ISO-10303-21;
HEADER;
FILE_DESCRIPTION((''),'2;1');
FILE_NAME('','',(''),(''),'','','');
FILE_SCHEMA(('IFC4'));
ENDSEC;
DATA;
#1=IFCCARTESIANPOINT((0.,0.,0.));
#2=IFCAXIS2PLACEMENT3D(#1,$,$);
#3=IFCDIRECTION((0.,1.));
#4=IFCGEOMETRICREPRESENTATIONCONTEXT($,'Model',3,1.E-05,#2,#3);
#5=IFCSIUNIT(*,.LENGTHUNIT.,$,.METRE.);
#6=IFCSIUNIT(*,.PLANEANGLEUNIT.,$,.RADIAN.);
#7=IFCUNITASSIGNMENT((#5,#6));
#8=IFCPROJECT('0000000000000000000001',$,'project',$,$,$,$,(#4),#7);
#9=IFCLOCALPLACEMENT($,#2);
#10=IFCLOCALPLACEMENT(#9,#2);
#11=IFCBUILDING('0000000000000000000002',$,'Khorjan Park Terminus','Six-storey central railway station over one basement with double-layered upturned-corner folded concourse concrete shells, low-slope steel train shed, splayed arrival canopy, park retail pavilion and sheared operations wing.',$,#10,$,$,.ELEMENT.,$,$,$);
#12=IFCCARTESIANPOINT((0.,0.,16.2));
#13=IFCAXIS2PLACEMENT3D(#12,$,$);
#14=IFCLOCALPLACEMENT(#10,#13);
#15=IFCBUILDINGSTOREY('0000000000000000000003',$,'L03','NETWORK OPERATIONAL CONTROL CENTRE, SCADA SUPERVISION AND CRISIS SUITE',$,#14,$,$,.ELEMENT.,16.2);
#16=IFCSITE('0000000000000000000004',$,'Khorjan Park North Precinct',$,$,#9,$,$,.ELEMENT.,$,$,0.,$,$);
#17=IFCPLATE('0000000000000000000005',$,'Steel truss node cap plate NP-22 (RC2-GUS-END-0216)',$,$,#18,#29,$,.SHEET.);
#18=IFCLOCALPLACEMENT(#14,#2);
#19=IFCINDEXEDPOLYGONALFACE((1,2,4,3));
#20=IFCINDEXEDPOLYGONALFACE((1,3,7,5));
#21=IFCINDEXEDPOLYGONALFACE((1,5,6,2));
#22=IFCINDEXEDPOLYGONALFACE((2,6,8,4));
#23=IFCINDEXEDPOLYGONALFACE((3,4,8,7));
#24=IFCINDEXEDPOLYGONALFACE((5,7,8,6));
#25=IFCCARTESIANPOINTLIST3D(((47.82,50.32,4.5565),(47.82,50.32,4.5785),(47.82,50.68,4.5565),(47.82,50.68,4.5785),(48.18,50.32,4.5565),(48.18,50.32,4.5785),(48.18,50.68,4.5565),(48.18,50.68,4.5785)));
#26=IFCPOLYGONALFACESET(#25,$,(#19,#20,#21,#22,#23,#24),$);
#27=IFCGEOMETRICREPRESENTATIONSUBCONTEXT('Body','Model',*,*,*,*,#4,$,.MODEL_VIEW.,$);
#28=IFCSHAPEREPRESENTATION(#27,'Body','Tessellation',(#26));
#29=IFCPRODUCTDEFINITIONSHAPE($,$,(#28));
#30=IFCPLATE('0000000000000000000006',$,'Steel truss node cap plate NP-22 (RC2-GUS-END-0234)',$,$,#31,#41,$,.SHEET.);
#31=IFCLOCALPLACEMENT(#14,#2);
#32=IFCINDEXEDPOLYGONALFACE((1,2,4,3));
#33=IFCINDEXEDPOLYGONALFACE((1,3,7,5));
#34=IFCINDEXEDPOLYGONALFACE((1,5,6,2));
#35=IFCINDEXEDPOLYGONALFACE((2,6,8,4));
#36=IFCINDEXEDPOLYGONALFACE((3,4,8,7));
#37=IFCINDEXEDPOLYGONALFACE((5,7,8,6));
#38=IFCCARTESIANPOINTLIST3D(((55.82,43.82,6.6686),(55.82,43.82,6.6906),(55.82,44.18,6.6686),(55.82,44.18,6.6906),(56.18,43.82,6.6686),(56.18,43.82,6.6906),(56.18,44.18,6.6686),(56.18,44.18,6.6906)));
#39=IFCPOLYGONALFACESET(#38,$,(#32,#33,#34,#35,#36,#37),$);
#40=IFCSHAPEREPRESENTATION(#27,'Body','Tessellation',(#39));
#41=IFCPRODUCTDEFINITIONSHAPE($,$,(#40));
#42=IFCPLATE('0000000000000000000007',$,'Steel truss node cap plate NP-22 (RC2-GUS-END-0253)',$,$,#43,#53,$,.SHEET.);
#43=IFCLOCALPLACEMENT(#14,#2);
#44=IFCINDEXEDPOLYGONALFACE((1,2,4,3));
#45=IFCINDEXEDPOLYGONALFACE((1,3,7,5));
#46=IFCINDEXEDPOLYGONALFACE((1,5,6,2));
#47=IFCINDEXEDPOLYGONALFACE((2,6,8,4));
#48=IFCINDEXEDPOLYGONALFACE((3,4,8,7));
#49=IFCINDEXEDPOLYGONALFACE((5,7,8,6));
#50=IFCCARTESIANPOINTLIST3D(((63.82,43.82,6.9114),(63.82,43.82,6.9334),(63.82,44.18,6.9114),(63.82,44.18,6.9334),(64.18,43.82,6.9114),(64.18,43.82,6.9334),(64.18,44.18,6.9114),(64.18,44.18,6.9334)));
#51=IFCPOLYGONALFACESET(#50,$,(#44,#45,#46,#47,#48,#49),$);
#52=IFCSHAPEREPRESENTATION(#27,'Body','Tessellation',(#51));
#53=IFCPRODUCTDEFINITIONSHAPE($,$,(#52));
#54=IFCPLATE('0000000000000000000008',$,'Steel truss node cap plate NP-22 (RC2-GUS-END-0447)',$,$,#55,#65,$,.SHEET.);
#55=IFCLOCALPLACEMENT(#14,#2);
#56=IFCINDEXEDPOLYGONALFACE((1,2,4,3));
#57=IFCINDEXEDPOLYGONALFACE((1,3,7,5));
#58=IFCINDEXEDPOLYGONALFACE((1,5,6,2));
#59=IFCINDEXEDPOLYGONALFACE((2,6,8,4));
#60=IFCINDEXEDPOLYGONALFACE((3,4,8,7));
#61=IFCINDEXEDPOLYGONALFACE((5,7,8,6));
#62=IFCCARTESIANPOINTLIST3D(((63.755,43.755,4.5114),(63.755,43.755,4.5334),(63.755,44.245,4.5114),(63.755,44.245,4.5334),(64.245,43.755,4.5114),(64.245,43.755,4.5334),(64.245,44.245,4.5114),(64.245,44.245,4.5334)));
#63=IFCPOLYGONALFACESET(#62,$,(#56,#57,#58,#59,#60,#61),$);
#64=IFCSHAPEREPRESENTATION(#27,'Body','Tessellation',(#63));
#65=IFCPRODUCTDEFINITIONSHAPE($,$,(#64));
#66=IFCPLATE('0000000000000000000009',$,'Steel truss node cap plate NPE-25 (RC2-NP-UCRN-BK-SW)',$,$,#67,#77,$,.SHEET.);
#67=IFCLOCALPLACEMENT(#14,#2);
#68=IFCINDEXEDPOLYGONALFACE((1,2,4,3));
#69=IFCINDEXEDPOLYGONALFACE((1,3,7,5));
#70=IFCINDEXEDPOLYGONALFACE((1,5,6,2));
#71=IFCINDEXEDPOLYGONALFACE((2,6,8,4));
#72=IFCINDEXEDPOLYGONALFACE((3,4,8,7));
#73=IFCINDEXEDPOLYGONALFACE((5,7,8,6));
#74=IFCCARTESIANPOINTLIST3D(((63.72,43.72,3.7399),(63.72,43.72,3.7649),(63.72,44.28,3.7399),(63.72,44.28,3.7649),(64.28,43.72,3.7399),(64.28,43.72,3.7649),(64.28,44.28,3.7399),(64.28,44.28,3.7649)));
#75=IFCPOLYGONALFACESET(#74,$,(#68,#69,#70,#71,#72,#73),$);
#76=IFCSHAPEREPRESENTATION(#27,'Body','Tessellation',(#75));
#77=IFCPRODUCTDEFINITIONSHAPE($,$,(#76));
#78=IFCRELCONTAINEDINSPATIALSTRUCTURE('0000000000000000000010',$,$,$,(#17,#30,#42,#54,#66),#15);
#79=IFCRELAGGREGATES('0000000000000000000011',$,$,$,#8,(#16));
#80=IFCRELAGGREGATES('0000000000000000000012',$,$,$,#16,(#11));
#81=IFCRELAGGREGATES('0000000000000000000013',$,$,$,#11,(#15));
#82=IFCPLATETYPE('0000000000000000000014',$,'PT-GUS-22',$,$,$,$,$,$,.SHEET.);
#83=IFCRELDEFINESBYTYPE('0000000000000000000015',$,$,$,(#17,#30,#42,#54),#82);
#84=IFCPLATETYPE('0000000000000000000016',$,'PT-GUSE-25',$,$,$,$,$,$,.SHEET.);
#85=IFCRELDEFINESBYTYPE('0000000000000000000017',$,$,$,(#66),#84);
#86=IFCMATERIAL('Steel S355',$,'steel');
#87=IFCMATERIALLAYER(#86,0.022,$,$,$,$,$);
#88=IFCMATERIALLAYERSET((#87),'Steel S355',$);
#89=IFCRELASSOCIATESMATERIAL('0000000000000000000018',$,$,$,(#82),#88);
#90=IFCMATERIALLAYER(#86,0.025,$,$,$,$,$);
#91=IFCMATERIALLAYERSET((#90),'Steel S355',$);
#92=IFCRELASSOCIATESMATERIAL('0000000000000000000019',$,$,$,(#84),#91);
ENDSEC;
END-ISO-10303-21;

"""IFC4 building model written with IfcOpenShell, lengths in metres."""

from ifc_helpers import new_model, si_unit, direction, frame, origin, origin_2d, place, context, subcontext, project, spatial, rectangle, extrude, material, layer, layer_set, type_object, element, save


model = new_model("IFC4")

# Units and contexts
model_context = context("Model", 3, precision=1e-05, world=origin(), true_north=direction((0.0, 1.0)))
body_context = subcontext(model_context, "Body", "Model", "MODEL_VIEW")
ifc_project = project(units=[si_unit("LENGTHUNIT", "METRE"), si_unit("PLANEANGLEUNIT", "RADIAN")], contexts=[model_context])

# Site, building, storey
site_placement = place(None, origin())
site = spatial("IfcSite", under=ifc_project, at=site_placement, Name="Khorjan Park North Precinct", CompositionType="ELEMENT", RefElevation=0.0)
building_placement = place(site_placement, origin())
building = spatial("IfcBuilding", under=site, at=building_placement, Name="Khorjan Park Terminus", Description="Six-storey central railway station over one basement with double-layered upturned-corner folded concourse concrete shells, low-slope steel train shed, splayed arrival canopy, park retail pavilion and sheared operations wing.", CompositionType="ELEMENT")
storey_placement = place(building_placement, frame((0.0, 0.0, 16.2)))
storey = spatial("IfcBuildingStorey", under=building, at=storey_placement, Name="L03", Description="NETWORK OPERATIONAL CONTROL CENTRE, SCADA SUPERVISION AND CRISIS SUITE", CompositionType="ELEMENT", Elevation=16.2)

# Shared definitions
ifc_material_1 = material(Name="Steel S355", Category="steel")

# Plates
ifc_layer_1 = layer(ifc_material_1, 0.022)
ifc_layer_set_1 = layer_set([ifc_layer_1], Name="Steel S355")
plate_type_1 = type_object("IfcPlateType", Name="PT-GUS-22", PredefinedType="SHEET", material=ifc_layer_set_1)
for number, where, z_axis, x_axis, name in (
    (1, (48.0, 50.5, 4.5565), (0.0, 0.0, 1.0), (1.0, 0.0, 0.0), "Steel truss node cap plate NP-22 (RC2-GUS-END-0216)"),
    (2, (56.0, 44.0, 6.6686), (0.0, 0.0, 1.0), (1.0, 0.0, 0.0), "Steel truss node cap plate NP-22 (RC2-GUS-END-0234)"),
    (3, (64.0, 44.0, 6.9114), (0.0, 0.0, 1.0), (1.0, 0.0, 0.0), "Steel truss node cap plate NP-22 (RC2-GUS-END-0253)"),
):
    element("IfcPlate", number, at=place(storey_placement, frame(where, z_axis=z_axis, x_axis=x_axis)), inside=storey, type_object=plate_type_1, Name=name, PredefinedType="SHEET", context=body_context, shape_type="SweptSolid", body=[
        extrude(rectangle(XDim=0.36, YDim=0.36, at=origin_2d()), origin(), (0.0, 0.0, 1.0), 0.022),
    ])
plate_1_placement = place(storey_placement, frame((64.0, 44.0, 4.5114), z_axis=(0.0, 0.0, 1.0), x_axis=(1.0, 0.0, 0.0)))
element("IfcPlate", 4, at=plate_1_placement, inside=storey, type_object=plate_type_1, Name="Steel truss node cap plate NP-22 (RC2-GUS-END-0447)", PredefinedType="SHEET", context=body_context, shape_type="SweptSolid", body=[
    extrude(rectangle(XDim=0.49, YDim=0.49, at=origin_2d()), origin(), (0.0, 0.0, 1.0), 0.022),
])
ifc_layer_2 = layer(ifc_material_1, 0.025)
ifc_layer_set_2 = layer_set([ifc_layer_2], Name="Steel S355")
plate_type_2 = type_object("IfcPlateType", Name="PT-GUSE-25", PredefinedType="SHEET", material=ifc_layer_set_2)
plate_2_placement = place(storey_placement, frame((64.0, 44.0, 3.7399), z_axis=(0.0, 0.0, 1.0), x_axis=(1.0, 0.0, 0.0)))
element("IfcPlate", 5, at=plate_2_placement, inside=storey, type_object=plate_type_2, Name="Steel truss node cap plate NPE-25 (RC2-NP-UCRN-BK-SW)", PredefinedType="SHEET", context=body_context, shape_type="SweptSolid", body=[
    extrude(rectangle(XDim=0.56, YDim=0.56, at=origin_2d()), origin(), (0.0, 0.0, 1.0), 0.025),
])

save(model, "model.ifc")
